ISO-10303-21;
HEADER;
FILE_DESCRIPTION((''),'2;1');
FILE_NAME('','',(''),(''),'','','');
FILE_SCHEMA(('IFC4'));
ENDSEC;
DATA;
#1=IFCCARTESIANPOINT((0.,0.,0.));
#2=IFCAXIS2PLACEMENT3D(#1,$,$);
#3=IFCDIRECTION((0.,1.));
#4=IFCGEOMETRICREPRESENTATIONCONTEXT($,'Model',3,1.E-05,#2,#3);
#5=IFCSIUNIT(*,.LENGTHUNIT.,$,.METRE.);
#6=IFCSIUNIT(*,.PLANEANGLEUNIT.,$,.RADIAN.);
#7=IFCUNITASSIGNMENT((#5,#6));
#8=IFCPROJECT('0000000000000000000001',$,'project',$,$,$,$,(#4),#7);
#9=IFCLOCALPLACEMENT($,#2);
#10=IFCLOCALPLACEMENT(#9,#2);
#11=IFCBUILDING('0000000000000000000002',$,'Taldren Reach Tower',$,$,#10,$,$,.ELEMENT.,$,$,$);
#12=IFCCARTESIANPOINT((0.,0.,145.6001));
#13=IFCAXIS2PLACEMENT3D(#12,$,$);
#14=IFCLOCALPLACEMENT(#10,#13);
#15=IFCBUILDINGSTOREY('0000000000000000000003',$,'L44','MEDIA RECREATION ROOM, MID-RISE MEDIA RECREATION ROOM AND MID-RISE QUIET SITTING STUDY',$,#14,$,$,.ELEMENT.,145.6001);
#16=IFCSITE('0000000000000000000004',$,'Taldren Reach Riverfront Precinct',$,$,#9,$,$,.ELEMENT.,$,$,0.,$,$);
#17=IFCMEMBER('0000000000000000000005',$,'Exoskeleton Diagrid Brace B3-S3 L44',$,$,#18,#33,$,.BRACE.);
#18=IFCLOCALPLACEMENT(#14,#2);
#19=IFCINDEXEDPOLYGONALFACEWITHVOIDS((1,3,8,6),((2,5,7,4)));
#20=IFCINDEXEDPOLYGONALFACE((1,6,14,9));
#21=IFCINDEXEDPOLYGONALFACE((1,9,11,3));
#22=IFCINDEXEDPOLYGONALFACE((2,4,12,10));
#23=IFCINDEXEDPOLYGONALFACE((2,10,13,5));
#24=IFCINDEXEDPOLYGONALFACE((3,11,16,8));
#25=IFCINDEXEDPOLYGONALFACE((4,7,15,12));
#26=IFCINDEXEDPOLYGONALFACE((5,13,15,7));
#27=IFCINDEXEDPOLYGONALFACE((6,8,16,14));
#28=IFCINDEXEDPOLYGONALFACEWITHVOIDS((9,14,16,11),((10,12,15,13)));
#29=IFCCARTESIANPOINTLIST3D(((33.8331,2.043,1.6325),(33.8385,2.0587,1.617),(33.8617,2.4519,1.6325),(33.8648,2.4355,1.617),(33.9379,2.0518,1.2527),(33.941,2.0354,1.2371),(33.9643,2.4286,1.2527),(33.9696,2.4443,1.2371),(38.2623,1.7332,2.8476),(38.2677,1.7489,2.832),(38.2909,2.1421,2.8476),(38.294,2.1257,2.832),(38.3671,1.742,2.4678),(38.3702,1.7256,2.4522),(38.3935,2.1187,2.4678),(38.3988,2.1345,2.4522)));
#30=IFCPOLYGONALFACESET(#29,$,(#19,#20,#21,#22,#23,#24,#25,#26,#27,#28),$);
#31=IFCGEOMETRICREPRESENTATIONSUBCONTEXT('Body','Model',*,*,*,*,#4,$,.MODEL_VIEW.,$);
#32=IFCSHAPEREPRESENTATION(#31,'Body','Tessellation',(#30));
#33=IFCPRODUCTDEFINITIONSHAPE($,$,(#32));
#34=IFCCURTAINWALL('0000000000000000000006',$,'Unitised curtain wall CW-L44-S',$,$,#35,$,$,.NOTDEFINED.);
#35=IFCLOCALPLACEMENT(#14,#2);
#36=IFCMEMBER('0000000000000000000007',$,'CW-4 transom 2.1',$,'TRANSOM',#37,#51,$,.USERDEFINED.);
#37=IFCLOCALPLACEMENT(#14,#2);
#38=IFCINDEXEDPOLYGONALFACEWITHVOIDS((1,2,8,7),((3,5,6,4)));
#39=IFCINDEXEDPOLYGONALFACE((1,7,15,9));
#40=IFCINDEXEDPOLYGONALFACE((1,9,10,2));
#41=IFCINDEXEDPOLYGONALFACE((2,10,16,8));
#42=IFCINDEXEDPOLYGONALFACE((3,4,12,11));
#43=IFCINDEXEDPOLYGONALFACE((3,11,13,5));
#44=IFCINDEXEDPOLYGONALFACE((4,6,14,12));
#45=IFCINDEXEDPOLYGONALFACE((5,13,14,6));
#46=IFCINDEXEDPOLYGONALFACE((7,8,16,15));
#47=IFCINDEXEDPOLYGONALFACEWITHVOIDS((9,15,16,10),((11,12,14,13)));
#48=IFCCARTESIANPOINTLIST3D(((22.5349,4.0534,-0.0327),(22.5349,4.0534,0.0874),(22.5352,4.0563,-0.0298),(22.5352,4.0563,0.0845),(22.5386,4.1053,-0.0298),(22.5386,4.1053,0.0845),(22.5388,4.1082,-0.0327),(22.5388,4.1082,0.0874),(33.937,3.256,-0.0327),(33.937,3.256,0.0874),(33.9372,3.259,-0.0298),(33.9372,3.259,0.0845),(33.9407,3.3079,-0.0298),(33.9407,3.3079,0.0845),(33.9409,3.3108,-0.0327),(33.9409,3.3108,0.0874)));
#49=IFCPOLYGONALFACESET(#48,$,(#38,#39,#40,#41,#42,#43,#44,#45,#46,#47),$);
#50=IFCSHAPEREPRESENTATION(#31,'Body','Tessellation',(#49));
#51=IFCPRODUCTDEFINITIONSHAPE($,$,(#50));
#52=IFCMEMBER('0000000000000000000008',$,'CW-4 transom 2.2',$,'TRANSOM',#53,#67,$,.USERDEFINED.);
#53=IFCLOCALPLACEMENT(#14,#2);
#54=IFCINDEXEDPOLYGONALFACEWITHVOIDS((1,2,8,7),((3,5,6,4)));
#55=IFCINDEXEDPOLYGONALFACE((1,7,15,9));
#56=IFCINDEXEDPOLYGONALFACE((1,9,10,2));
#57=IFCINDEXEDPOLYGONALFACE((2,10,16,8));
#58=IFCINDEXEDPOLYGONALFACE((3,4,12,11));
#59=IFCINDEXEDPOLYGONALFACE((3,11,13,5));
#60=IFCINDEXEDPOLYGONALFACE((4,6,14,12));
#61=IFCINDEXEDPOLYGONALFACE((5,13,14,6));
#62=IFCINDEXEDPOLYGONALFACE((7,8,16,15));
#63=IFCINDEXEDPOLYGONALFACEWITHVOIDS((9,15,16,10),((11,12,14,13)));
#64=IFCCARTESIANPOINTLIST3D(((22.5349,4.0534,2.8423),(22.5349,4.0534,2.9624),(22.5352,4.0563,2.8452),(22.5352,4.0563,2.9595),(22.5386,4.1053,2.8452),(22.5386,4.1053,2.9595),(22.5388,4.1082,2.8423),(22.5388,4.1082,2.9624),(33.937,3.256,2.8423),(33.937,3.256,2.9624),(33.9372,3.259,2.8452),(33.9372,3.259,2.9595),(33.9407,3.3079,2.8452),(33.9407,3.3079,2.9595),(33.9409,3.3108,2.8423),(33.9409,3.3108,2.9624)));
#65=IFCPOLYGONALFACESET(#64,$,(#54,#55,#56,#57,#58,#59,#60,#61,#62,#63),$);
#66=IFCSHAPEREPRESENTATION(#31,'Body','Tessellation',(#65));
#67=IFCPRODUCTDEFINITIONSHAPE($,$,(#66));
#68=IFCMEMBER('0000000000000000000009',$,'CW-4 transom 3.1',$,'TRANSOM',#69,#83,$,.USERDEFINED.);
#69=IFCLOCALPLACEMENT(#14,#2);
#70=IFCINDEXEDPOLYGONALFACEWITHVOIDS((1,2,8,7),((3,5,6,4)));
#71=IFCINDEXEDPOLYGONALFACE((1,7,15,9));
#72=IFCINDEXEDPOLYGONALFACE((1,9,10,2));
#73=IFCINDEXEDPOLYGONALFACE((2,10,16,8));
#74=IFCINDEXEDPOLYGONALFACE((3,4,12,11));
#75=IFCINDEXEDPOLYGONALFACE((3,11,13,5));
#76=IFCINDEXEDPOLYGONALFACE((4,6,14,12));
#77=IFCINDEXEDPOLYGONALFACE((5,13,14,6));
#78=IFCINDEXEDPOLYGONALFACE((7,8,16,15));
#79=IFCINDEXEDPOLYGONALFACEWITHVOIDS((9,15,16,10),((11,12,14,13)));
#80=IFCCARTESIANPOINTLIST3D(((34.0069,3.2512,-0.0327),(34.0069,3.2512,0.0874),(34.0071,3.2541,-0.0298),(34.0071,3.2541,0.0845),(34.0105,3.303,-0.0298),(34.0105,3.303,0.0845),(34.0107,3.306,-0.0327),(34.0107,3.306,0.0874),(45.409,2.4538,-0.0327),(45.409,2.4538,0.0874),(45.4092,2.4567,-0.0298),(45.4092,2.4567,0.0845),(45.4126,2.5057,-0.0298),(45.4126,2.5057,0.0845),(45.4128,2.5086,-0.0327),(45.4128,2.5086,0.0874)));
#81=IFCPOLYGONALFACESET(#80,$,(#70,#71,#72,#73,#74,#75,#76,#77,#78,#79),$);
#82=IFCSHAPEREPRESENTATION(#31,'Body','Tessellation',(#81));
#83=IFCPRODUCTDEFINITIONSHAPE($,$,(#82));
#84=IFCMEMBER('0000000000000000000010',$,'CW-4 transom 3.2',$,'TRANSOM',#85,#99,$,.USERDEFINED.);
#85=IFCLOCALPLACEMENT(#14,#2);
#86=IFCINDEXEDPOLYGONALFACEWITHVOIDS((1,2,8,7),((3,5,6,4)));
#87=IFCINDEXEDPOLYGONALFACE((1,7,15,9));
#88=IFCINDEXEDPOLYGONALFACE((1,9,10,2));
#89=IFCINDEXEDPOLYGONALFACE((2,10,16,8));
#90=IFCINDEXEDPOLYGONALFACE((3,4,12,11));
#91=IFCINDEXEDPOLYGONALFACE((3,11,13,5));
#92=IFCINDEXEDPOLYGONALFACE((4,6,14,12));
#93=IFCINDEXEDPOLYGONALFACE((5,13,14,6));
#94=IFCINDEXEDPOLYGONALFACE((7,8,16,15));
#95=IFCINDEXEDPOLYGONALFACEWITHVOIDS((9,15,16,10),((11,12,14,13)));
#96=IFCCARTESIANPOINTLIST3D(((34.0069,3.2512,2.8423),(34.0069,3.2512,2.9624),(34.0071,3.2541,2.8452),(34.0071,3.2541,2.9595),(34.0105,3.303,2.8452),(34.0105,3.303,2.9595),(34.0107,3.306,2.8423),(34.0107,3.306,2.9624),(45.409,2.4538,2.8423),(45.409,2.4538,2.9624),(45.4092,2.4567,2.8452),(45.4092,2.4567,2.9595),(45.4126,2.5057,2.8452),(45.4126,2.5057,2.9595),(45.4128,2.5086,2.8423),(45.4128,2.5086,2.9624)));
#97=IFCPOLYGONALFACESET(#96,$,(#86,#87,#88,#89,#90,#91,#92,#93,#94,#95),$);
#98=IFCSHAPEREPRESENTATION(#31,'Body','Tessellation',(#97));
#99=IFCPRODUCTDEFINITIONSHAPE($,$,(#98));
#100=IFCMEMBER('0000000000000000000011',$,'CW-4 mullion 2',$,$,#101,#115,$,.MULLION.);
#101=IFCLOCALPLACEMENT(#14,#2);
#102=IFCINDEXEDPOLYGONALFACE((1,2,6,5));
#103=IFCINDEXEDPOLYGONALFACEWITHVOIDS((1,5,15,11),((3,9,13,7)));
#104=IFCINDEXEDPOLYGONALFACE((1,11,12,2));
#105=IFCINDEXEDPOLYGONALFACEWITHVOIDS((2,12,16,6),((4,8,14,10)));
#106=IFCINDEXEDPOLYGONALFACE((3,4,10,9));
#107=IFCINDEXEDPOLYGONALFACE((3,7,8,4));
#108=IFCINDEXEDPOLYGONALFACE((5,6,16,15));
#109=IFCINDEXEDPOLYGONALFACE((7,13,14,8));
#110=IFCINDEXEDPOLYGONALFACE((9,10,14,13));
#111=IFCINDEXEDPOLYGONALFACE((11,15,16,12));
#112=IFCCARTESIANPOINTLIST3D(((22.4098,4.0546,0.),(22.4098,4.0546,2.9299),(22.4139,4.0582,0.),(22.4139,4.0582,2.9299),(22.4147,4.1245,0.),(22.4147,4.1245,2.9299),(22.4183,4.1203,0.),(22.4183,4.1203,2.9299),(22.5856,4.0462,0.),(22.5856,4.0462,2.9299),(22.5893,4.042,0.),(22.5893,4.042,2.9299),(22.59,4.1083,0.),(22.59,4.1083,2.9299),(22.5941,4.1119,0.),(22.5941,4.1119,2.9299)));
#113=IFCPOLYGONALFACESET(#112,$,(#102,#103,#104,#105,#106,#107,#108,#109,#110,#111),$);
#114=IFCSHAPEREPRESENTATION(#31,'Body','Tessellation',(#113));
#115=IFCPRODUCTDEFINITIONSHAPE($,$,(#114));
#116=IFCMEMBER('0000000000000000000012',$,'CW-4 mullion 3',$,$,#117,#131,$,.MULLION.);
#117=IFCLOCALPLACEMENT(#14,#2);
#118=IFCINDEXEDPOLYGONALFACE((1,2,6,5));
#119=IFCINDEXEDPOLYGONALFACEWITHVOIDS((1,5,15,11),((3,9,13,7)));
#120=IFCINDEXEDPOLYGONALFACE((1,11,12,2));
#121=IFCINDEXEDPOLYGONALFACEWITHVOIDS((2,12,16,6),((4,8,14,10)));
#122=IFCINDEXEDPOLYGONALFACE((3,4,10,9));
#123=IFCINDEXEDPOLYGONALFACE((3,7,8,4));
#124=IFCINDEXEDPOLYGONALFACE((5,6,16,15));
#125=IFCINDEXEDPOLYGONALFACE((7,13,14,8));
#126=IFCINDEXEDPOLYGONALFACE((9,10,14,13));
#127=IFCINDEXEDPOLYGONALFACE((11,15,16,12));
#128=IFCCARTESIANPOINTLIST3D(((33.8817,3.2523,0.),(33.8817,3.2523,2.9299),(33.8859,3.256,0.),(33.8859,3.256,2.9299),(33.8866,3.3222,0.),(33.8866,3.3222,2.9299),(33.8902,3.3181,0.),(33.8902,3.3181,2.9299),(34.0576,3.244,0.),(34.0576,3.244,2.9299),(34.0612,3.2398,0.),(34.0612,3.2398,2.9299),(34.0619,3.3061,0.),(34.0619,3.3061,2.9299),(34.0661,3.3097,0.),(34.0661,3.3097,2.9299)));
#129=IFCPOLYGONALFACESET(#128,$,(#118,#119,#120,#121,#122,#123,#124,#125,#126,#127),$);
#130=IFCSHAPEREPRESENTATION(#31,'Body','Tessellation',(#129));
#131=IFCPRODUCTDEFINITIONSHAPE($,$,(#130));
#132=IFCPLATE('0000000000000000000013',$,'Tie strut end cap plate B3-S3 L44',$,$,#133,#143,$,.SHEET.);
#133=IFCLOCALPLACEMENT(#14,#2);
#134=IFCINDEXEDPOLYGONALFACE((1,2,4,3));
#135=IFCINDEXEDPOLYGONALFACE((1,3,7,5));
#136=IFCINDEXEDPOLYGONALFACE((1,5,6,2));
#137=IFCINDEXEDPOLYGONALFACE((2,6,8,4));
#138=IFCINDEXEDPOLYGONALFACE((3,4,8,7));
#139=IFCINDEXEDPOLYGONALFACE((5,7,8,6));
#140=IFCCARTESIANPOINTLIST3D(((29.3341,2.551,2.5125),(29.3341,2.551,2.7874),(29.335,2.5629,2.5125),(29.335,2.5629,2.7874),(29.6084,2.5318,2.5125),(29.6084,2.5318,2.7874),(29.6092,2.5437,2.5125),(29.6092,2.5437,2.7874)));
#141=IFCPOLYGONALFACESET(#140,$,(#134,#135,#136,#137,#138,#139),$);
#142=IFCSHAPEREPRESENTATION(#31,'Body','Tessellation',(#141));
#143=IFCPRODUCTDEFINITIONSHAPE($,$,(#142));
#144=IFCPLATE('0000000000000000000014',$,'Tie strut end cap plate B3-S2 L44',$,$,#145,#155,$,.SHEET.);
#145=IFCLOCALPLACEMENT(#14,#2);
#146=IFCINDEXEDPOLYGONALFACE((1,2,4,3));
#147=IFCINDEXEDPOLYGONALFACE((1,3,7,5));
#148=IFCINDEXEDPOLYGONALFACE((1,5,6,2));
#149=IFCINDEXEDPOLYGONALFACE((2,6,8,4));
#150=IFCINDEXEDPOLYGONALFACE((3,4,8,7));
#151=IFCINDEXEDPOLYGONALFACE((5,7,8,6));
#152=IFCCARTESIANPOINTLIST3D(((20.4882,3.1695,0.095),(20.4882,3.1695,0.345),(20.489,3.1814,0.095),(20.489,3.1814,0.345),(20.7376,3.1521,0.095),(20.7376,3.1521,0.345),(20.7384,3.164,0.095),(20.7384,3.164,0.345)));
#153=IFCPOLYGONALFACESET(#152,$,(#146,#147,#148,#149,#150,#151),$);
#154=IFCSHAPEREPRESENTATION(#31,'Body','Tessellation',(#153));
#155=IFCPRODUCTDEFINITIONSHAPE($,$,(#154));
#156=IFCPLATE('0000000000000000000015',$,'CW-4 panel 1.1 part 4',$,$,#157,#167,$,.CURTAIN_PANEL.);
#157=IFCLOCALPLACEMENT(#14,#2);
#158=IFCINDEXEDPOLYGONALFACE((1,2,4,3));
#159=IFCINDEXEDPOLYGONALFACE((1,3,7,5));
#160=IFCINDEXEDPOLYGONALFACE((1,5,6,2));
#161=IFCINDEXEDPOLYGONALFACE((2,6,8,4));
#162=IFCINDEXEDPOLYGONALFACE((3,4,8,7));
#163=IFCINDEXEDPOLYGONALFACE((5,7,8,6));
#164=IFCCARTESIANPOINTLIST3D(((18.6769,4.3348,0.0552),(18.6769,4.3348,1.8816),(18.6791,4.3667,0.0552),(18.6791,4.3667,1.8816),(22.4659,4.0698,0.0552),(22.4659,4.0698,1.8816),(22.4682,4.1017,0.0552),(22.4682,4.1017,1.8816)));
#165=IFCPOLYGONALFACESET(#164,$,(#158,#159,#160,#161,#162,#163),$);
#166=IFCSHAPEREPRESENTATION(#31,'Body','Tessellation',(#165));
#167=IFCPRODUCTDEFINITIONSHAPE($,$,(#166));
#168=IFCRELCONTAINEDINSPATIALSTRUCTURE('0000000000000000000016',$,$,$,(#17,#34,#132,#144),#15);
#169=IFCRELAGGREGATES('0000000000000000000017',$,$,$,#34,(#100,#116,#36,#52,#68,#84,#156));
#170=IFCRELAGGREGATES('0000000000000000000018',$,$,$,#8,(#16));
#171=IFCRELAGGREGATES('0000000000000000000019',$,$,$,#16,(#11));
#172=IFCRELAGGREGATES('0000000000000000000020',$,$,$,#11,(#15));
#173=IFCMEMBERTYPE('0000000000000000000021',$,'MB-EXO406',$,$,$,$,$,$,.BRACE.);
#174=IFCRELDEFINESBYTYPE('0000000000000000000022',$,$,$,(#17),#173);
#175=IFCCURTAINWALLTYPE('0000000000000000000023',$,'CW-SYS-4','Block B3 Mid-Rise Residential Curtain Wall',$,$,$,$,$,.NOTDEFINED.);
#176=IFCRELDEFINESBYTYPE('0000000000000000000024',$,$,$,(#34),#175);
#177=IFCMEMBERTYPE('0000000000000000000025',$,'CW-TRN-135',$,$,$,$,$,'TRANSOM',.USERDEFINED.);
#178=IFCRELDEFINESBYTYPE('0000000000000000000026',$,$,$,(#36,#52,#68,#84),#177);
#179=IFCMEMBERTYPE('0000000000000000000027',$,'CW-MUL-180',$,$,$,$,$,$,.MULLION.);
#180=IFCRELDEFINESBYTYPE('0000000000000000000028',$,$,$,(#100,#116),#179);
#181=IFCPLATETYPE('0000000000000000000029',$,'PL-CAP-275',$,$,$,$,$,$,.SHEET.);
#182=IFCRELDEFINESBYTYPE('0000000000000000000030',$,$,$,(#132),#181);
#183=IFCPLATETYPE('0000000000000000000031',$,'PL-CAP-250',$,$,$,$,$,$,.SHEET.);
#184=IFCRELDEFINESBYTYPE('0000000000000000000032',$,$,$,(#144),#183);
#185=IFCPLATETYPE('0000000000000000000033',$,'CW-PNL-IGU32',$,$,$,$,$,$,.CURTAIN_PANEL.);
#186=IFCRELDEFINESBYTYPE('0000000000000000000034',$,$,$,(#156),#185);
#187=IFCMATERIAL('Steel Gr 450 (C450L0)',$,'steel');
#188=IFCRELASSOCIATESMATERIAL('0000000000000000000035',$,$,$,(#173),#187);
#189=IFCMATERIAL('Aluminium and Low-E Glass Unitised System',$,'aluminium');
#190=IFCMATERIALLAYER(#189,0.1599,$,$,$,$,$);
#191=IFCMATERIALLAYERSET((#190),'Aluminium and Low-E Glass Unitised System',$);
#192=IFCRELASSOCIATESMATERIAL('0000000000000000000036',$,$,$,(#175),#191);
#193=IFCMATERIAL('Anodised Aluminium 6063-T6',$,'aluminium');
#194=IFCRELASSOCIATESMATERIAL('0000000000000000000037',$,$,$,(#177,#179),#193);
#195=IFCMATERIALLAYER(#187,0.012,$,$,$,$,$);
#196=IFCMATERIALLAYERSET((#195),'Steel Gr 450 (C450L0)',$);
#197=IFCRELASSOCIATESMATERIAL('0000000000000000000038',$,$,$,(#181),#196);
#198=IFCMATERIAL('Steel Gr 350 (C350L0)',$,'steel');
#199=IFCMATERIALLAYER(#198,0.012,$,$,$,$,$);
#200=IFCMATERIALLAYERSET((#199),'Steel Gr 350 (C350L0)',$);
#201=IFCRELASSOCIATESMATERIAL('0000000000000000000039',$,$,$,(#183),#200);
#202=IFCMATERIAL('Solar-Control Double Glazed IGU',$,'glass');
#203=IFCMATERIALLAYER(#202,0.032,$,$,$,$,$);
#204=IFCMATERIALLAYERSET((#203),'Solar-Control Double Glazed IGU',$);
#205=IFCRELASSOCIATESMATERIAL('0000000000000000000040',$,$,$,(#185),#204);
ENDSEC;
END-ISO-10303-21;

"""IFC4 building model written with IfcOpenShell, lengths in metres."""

from ifc_helpers import new_model, si_unit, direction, frame, origin, origin_2d, place, context, subcontext, project, spatial, rectangle, hollow_rectangle, extrude, source, transform, mapped, material, layer, layer_set, material_profile, profile_set, type_object, element, aggregate, save


model = new_model("IFC4")

# Units and contexts
model_context = context("Model", 3, precision=1e-05, world=origin(), true_north=direction((0.0, 1.0)))
body_context = subcontext(model_context, "Body", "Model", "MODEL_VIEW")
ifc_project = project(units=[si_unit("LENGTHUNIT", "METRE"), si_unit("PLANEANGLEUNIT", "RADIAN")], contexts=[model_context])

# Site, building, storey
site_placement = place(None, origin())
site = spatial("IfcSite", under=ifc_project, at=site_placement, Name="Taldren Reach Riverfront Precinct", CompositionType="ELEMENT", RefElevation=0.0)
building_placement = place(site_placement, origin())
building = spatial("IfcBuilding", under=site, at=building_placement, Name="Taldren Reach Tower", CompositionType="ELEMENT")
storey_placement = place(building_placement, frame((0.0, 0.0, 145.6001)))
storey = spatial("IfcBuildingStorey", under=building, at=storey_placement, Name="L44", Description="MEDIA RECREATION ROOM, MID-RISE MEDIA RECREATION ROOM AND MID-RISE QUIET SITTING STUDY", CompositionType="ELEMENT", Elevation=145.6001)

# Shared definitions
ifc_material_1 = material(Name="Steel Gr 450 (C450L0)", Category="steel")
ifc_material_2 = material(Name="Steel Gr 350 (C350L0)", Category="steel")

# Member
ifc_material_profile_1 = material_profile(ifc_material_1, hollow_rectangle(XDim=0.4099, YDim=0.4099, WallThickness=0.0161, at=origin_2d()), Name="410x410x16.0SHS")
ifc_profile_set_1 = profile_set([ifc_material_profile_1], Name="Steel Gr 450 (C450L0)")
member_type_1 = type_object("IfcMemberType", Name="MB-EXO406", PredefinedType="BRACE", material=ifc_profile_set_1)
shared_shape_1 = source(origin(), body_context, "Body", "SweptSolid", [
    extrude(hollow_rectangle(XDim=0.4099, YDim=0.4099, WallThickness=0.0161, at=origin_2d()), origin(), (0.0, 0.0, 1.0), 4.6033),
])
for number, where, z_axis, x_axis, name in (
    (1, (33.9014, 2.2437, 1.4348), (0.962182, -0.067303, 0.263961), (0.069778, 0.997563, 0.0), "Exoskeleton Diagrid Brace B3-S3 L44"),
):
    element("IfcMember", number, at=place(storey_placement, frame(where, z_axis=z_axis, x_axis=x_axis)), inside=storey, type_object=member_type_1, Name=name, PredefinedType="BRACE", context=body_context, shape_type="MappedRepresentation", body=[
        mapped(shared_shape_1, transform((0.0, 0.0, 0.0), scale=1.0)),
    ])

# Curtain wall, members
ifc_material_3 = material(Name="Aluminium and Low-E Glass Unitised System", Category="aluminium")
ifc_layer_1 = layer(ifc_material_3, 0.1599)
ifc_layer_set_1 = layer_set([ifc_layer_1], Name="Aluminium and Low-E Glass Unitised System")
curtain_wall_type = type_object("IfcCurtainWallType", Name="CW-SYS-4", Description="Block B3 Mid-Rise Residential Curtain Wall", PredefinedType="NOTDEFINED", material=ifc_layer_set_1)
curtain_wall_placement = place(storey_placement, origin())
curtain_wall = element("IfcCurtainWall", 2, at=curtain_wall_placement, inside=storey, type_object=curtain_wall_type, Name="Unitised curtain wall CW-L44-S", PredefinedType="NOTDEFINED")
ifc_material_4 = material(Name="Anodised Aluminium 6063-T6", Category="aluminium")
ifc_material_profile_2 = material_profile(ifc_material_4, hollow_rectangle(XDim=0.0549, YDim=0.1201, WallThickness=0.0029, at=origin_2d()), Name="ALU-120x55x3RHS")
ifc_profile_set_2 = profile_set([ifc_material_profile_2], Name="Anodised Aluminium 6063-T6")
member_type_2 = type_object("IfcMemberType", Name="CW-TRN-135", ElementType="TRANSOM", PredefinedType="USERDEFINED", material=ifc_profile_set_2)
shared_shape_2 = source(origin(), body_context, "Body", "SweptSolid", [
    extrude(hollow_rectangle(XDim=0.0549, YDim=0.1201, WallThickness=0.0029, at=origin_2d()), origin(), (0.0, 0.0, 1.0), 11.4299),
])
member_1_placement = place(storey_placement, frame((22.5369, 4.0808, 0.0273), z_axis=(0.997564, -0.069761, 0.0), x_axis=(0.069761, 0.997564, 0.0)))
member_1 = element("IfcMember", 3, at=member_1_placement, type_object=member_type_2, Name="CW-4 transom 2.1", ObjectType="TRANSOM", PredefinedType="USERDEFINED", context=body_context, shape_type="MappedRepresentation", body=[
    mapped(shared_shape_2, transform((0.0, 0.0, 0.0), scale=1.0)),
])
member_2_placement = place(storey_placement, frame((22.5369, 4.0808, 2.9023), z_axis=(0.997564, -0.069761, 0.0), x_axis=(0.069761, 0.997564, 0.0)))
member_2 = element("IfcMember", 4, at=member_2_placement, type_object=member_type_2, Name="CW-4 transom 2.2", ObjectType="TRANSOM", PredefinedType="USERDEFINED", context=body_context, shape_type="MappedRepresentation", body=[
    mapped(shared_shape_2, transform((0.0, 0.0, 0.0), scale=1.0)),
])
member_3_placement = place(storey_placement, frame((34.0088, 3.2786, 0.0273), z_axis=(0.997564, -0.069761, 0.0), x_axis=(0.069761, 0.997564, 0.0)))
member_3 = element("IfcMember", 5, at=member_3_placement, type_object=member_type_2, Name="CW-4 transom 3.1", ObjectType="TRANSOM", PredefinedType="USERDEFINED", context=body_context, shape_type="MappedRepresentation", body=[
    mapped(shared_shape_2, transform((0.0, 0.0, 0.0), scale=1.0)),
])
member_4_placement = place(storey_placement, frame((34.0088, 3.2786, 2.9023), z_axis=(0.997564, -0.069761, 0.0), x_axis=(0.069761, 0.997564, 0.0)))
member_4 = element("IfcMember", 6, at=member_4_placement, type_object=member_type_2, Name="CW-4 transom 3.2", ObjectType="TRANSOM", PredefinedType="USERDEFINED", context=body_context, shape_type="MappedRepresentation", body=[
    mapped(shared_shape_2, transform((0.0, 0.0, 0.0), scale=1.0)),
])
ifc_material_profile_3 = material_profile(ifc_material_4, hollow_rectangle(XDim=0.0701, YDim=0.1799, WallThickness=0.0039, at=origin_2d()), Name="ALU-180x70x4RHS")
ifc_profile_set_3 = profile_set([ifc_material_profile_3], Name="Anodised Aluminium 6063-T6")
member_type_3 = type_object("IfcMemberType", Name="CW-MUL-180", PredefinedType="MULLION", material=ifc_profile_set_3)
shared_shape_3 = source(origin(), body_context, "Body", "SweptSolid", [
    extrude(hollow_rectangle(XDim=0.0701, YDim=0.1799, WallThickness=0.0039, at=origin_2d()), origin(), (0.0, 0.0, 1.0), 2.9299),
])
member_5_placement = place(storey_placement, frame((22.502, 4.0833, 0.0), z_axis=(0.0, 0.0, 1.0), x_axis=(0.069757, 0.997564, 0.0)))
member_5 = element("IfcMember", 7, at=member_5_placement, type_object=member_type_3, Name="CW-4 mullion 2", PredefinedType="MULLION", context=body_context, shape_type="MappedRepresentation", body=[
    mapped(shared_shape_3, transform((0.0, 0.0, 0.0), scale=1.0)),
])
member_6_placement = place(storey_placement, frame((33.9739, 3.281, 0.0), z_axis=(0.0, 0.0, 1.0), x_axis=(0.069757, 0.997564, 0.0)))
member_6 = element("IfcMember", 8, at=member_6_placement, type_object=member_type_3, Name="CW-4 mullion 3", PredefinedType="MULLION", context=body_context, shape_type="MappedRepresentation", body=[
    mapped(shared_shape_3, transform((0.0, 0.0, 0.0), scale=1.0)),
])

# Plates
ifc_layer_2 = layer(ifc_material_1, 0.012)
ifc_layer_set_2 = layer_set([ifc_layer_2], Name="Steel Gr 450 (C450L0)")
plate_type_1 = type_object("IfcPlateType", Name="PL-CAP-275", PredefinedType="SHEET", material=ifc_layer_set_2)
shared_shape_4 = source(origin(), body_context, "Body", "SweptSolid", [
    extrude(rectangle(XDim=0.2749, YDim=0.012, at=origin_2d()), origin(), (0.0, 0.0, 1.0), 0.2749),
])
plate_1_placement = place(storey_placement, frame((29.4717, 2.5474, 2.5125), z_axis=(0.0, 0.0, 1.0), x_axis=(0.997564, -0.069756, 0.0)))
element("IfcPlate", 9, at=plate_1_placement, inside=storey, type_object=plate_type_1, Name="Tie strut end cap plate B3-S3 L44", PredefinedType="SHEET", context=body_context, shape_type="MappedRepresentation", body=[
    mapped(shared_shape_4, transform((0.0, 0.0, 0.0), scale=1.0)),
])
ifc_layer_3 = layer(ifc_material_2, 0.012)
ifc_layer_set_3 = layer_set([ifc_layer_3], Name="Steel Gr 350 (C350L0)")
plate_type_2 = type_object("IfcPlateType", Name="PL-CAP-250", PredefinedType="SHEET", material=ifc_layer_set_3)
shared_shape_5 = source(origin(), body_context, "Body", "SweptSolid", [
    extrude(rectangle(XDim=0.25, YDim=0.012, at=origin_2d()), origin(), (0.0, 0.0, 1.0), 0.25),
])
plate_2_placement = place(storey_placement, frame((20.6133, 3.1667, 0.095), z_axis=(0.0, 0.0, 1.0), x_axis=(0.997564, -0.069756, 0.0)))
element("IfcPlate", 10, at=plate_2_placement, inside=storey, type_object=plate_type_2, Name="Tie strut end cap plate B3-S2 L44", PredefinedType="SHEET", context=body_context, shape_type="MappedRepresentation", body=[
    mapped(shared_shape_5, transform((0.0, 0.0, 0.0), scale=1.0)),
])

# Plate
ifc_material_5 = material(Name="Solar-Control Double Glazed IGU", Category="glass")
ifc_layer_4 = layer(ifc_material_5, 0.032)
ifc_layer_set_4 = layer_set([ifc_layer_4], Name="Solar-Control Double Glazed IGU")
plate_type_3 = type_object("IfcPlateType", Name="CW-PNL-IGU32", PredefinedType="CURTAIN_PANEL", material=ifc_layer_set_4)
shared_shape_6 = source(origin(), body_context, "Body", "SweptSolid", [
    extrude(rectangle(XDim=3.7983, YDim=0.032, at=origin_2d()), origin(), (0.0, 0.0, 1.0), 1.8264),
])
plate_3_placement = place(storey_placement, frame((20.5725, 4.2183, 0.0552), z_axis=(0.0, 0.0, 1.0), x_axis=(0.997564, -0.069757, 0.0)))
plate_3 = element("IfcPlate", 11, at=plate_3_placement, type_object=plate_type_3, Name="CW-4 panel 1.1 part 4", PredefinedType="CURTAIN_PANEL", context=body_context, shape_type="MappedRepresentation", body=[
    mapped(shared_shape_6, transform((0.0, 0.0, 0.0), scale=1.0)),
])
aggregate(curtain_wall, [member_5, member_6, member_1, member_2, member_3, member_4, plate_3])

save(model, "model.ifc")
